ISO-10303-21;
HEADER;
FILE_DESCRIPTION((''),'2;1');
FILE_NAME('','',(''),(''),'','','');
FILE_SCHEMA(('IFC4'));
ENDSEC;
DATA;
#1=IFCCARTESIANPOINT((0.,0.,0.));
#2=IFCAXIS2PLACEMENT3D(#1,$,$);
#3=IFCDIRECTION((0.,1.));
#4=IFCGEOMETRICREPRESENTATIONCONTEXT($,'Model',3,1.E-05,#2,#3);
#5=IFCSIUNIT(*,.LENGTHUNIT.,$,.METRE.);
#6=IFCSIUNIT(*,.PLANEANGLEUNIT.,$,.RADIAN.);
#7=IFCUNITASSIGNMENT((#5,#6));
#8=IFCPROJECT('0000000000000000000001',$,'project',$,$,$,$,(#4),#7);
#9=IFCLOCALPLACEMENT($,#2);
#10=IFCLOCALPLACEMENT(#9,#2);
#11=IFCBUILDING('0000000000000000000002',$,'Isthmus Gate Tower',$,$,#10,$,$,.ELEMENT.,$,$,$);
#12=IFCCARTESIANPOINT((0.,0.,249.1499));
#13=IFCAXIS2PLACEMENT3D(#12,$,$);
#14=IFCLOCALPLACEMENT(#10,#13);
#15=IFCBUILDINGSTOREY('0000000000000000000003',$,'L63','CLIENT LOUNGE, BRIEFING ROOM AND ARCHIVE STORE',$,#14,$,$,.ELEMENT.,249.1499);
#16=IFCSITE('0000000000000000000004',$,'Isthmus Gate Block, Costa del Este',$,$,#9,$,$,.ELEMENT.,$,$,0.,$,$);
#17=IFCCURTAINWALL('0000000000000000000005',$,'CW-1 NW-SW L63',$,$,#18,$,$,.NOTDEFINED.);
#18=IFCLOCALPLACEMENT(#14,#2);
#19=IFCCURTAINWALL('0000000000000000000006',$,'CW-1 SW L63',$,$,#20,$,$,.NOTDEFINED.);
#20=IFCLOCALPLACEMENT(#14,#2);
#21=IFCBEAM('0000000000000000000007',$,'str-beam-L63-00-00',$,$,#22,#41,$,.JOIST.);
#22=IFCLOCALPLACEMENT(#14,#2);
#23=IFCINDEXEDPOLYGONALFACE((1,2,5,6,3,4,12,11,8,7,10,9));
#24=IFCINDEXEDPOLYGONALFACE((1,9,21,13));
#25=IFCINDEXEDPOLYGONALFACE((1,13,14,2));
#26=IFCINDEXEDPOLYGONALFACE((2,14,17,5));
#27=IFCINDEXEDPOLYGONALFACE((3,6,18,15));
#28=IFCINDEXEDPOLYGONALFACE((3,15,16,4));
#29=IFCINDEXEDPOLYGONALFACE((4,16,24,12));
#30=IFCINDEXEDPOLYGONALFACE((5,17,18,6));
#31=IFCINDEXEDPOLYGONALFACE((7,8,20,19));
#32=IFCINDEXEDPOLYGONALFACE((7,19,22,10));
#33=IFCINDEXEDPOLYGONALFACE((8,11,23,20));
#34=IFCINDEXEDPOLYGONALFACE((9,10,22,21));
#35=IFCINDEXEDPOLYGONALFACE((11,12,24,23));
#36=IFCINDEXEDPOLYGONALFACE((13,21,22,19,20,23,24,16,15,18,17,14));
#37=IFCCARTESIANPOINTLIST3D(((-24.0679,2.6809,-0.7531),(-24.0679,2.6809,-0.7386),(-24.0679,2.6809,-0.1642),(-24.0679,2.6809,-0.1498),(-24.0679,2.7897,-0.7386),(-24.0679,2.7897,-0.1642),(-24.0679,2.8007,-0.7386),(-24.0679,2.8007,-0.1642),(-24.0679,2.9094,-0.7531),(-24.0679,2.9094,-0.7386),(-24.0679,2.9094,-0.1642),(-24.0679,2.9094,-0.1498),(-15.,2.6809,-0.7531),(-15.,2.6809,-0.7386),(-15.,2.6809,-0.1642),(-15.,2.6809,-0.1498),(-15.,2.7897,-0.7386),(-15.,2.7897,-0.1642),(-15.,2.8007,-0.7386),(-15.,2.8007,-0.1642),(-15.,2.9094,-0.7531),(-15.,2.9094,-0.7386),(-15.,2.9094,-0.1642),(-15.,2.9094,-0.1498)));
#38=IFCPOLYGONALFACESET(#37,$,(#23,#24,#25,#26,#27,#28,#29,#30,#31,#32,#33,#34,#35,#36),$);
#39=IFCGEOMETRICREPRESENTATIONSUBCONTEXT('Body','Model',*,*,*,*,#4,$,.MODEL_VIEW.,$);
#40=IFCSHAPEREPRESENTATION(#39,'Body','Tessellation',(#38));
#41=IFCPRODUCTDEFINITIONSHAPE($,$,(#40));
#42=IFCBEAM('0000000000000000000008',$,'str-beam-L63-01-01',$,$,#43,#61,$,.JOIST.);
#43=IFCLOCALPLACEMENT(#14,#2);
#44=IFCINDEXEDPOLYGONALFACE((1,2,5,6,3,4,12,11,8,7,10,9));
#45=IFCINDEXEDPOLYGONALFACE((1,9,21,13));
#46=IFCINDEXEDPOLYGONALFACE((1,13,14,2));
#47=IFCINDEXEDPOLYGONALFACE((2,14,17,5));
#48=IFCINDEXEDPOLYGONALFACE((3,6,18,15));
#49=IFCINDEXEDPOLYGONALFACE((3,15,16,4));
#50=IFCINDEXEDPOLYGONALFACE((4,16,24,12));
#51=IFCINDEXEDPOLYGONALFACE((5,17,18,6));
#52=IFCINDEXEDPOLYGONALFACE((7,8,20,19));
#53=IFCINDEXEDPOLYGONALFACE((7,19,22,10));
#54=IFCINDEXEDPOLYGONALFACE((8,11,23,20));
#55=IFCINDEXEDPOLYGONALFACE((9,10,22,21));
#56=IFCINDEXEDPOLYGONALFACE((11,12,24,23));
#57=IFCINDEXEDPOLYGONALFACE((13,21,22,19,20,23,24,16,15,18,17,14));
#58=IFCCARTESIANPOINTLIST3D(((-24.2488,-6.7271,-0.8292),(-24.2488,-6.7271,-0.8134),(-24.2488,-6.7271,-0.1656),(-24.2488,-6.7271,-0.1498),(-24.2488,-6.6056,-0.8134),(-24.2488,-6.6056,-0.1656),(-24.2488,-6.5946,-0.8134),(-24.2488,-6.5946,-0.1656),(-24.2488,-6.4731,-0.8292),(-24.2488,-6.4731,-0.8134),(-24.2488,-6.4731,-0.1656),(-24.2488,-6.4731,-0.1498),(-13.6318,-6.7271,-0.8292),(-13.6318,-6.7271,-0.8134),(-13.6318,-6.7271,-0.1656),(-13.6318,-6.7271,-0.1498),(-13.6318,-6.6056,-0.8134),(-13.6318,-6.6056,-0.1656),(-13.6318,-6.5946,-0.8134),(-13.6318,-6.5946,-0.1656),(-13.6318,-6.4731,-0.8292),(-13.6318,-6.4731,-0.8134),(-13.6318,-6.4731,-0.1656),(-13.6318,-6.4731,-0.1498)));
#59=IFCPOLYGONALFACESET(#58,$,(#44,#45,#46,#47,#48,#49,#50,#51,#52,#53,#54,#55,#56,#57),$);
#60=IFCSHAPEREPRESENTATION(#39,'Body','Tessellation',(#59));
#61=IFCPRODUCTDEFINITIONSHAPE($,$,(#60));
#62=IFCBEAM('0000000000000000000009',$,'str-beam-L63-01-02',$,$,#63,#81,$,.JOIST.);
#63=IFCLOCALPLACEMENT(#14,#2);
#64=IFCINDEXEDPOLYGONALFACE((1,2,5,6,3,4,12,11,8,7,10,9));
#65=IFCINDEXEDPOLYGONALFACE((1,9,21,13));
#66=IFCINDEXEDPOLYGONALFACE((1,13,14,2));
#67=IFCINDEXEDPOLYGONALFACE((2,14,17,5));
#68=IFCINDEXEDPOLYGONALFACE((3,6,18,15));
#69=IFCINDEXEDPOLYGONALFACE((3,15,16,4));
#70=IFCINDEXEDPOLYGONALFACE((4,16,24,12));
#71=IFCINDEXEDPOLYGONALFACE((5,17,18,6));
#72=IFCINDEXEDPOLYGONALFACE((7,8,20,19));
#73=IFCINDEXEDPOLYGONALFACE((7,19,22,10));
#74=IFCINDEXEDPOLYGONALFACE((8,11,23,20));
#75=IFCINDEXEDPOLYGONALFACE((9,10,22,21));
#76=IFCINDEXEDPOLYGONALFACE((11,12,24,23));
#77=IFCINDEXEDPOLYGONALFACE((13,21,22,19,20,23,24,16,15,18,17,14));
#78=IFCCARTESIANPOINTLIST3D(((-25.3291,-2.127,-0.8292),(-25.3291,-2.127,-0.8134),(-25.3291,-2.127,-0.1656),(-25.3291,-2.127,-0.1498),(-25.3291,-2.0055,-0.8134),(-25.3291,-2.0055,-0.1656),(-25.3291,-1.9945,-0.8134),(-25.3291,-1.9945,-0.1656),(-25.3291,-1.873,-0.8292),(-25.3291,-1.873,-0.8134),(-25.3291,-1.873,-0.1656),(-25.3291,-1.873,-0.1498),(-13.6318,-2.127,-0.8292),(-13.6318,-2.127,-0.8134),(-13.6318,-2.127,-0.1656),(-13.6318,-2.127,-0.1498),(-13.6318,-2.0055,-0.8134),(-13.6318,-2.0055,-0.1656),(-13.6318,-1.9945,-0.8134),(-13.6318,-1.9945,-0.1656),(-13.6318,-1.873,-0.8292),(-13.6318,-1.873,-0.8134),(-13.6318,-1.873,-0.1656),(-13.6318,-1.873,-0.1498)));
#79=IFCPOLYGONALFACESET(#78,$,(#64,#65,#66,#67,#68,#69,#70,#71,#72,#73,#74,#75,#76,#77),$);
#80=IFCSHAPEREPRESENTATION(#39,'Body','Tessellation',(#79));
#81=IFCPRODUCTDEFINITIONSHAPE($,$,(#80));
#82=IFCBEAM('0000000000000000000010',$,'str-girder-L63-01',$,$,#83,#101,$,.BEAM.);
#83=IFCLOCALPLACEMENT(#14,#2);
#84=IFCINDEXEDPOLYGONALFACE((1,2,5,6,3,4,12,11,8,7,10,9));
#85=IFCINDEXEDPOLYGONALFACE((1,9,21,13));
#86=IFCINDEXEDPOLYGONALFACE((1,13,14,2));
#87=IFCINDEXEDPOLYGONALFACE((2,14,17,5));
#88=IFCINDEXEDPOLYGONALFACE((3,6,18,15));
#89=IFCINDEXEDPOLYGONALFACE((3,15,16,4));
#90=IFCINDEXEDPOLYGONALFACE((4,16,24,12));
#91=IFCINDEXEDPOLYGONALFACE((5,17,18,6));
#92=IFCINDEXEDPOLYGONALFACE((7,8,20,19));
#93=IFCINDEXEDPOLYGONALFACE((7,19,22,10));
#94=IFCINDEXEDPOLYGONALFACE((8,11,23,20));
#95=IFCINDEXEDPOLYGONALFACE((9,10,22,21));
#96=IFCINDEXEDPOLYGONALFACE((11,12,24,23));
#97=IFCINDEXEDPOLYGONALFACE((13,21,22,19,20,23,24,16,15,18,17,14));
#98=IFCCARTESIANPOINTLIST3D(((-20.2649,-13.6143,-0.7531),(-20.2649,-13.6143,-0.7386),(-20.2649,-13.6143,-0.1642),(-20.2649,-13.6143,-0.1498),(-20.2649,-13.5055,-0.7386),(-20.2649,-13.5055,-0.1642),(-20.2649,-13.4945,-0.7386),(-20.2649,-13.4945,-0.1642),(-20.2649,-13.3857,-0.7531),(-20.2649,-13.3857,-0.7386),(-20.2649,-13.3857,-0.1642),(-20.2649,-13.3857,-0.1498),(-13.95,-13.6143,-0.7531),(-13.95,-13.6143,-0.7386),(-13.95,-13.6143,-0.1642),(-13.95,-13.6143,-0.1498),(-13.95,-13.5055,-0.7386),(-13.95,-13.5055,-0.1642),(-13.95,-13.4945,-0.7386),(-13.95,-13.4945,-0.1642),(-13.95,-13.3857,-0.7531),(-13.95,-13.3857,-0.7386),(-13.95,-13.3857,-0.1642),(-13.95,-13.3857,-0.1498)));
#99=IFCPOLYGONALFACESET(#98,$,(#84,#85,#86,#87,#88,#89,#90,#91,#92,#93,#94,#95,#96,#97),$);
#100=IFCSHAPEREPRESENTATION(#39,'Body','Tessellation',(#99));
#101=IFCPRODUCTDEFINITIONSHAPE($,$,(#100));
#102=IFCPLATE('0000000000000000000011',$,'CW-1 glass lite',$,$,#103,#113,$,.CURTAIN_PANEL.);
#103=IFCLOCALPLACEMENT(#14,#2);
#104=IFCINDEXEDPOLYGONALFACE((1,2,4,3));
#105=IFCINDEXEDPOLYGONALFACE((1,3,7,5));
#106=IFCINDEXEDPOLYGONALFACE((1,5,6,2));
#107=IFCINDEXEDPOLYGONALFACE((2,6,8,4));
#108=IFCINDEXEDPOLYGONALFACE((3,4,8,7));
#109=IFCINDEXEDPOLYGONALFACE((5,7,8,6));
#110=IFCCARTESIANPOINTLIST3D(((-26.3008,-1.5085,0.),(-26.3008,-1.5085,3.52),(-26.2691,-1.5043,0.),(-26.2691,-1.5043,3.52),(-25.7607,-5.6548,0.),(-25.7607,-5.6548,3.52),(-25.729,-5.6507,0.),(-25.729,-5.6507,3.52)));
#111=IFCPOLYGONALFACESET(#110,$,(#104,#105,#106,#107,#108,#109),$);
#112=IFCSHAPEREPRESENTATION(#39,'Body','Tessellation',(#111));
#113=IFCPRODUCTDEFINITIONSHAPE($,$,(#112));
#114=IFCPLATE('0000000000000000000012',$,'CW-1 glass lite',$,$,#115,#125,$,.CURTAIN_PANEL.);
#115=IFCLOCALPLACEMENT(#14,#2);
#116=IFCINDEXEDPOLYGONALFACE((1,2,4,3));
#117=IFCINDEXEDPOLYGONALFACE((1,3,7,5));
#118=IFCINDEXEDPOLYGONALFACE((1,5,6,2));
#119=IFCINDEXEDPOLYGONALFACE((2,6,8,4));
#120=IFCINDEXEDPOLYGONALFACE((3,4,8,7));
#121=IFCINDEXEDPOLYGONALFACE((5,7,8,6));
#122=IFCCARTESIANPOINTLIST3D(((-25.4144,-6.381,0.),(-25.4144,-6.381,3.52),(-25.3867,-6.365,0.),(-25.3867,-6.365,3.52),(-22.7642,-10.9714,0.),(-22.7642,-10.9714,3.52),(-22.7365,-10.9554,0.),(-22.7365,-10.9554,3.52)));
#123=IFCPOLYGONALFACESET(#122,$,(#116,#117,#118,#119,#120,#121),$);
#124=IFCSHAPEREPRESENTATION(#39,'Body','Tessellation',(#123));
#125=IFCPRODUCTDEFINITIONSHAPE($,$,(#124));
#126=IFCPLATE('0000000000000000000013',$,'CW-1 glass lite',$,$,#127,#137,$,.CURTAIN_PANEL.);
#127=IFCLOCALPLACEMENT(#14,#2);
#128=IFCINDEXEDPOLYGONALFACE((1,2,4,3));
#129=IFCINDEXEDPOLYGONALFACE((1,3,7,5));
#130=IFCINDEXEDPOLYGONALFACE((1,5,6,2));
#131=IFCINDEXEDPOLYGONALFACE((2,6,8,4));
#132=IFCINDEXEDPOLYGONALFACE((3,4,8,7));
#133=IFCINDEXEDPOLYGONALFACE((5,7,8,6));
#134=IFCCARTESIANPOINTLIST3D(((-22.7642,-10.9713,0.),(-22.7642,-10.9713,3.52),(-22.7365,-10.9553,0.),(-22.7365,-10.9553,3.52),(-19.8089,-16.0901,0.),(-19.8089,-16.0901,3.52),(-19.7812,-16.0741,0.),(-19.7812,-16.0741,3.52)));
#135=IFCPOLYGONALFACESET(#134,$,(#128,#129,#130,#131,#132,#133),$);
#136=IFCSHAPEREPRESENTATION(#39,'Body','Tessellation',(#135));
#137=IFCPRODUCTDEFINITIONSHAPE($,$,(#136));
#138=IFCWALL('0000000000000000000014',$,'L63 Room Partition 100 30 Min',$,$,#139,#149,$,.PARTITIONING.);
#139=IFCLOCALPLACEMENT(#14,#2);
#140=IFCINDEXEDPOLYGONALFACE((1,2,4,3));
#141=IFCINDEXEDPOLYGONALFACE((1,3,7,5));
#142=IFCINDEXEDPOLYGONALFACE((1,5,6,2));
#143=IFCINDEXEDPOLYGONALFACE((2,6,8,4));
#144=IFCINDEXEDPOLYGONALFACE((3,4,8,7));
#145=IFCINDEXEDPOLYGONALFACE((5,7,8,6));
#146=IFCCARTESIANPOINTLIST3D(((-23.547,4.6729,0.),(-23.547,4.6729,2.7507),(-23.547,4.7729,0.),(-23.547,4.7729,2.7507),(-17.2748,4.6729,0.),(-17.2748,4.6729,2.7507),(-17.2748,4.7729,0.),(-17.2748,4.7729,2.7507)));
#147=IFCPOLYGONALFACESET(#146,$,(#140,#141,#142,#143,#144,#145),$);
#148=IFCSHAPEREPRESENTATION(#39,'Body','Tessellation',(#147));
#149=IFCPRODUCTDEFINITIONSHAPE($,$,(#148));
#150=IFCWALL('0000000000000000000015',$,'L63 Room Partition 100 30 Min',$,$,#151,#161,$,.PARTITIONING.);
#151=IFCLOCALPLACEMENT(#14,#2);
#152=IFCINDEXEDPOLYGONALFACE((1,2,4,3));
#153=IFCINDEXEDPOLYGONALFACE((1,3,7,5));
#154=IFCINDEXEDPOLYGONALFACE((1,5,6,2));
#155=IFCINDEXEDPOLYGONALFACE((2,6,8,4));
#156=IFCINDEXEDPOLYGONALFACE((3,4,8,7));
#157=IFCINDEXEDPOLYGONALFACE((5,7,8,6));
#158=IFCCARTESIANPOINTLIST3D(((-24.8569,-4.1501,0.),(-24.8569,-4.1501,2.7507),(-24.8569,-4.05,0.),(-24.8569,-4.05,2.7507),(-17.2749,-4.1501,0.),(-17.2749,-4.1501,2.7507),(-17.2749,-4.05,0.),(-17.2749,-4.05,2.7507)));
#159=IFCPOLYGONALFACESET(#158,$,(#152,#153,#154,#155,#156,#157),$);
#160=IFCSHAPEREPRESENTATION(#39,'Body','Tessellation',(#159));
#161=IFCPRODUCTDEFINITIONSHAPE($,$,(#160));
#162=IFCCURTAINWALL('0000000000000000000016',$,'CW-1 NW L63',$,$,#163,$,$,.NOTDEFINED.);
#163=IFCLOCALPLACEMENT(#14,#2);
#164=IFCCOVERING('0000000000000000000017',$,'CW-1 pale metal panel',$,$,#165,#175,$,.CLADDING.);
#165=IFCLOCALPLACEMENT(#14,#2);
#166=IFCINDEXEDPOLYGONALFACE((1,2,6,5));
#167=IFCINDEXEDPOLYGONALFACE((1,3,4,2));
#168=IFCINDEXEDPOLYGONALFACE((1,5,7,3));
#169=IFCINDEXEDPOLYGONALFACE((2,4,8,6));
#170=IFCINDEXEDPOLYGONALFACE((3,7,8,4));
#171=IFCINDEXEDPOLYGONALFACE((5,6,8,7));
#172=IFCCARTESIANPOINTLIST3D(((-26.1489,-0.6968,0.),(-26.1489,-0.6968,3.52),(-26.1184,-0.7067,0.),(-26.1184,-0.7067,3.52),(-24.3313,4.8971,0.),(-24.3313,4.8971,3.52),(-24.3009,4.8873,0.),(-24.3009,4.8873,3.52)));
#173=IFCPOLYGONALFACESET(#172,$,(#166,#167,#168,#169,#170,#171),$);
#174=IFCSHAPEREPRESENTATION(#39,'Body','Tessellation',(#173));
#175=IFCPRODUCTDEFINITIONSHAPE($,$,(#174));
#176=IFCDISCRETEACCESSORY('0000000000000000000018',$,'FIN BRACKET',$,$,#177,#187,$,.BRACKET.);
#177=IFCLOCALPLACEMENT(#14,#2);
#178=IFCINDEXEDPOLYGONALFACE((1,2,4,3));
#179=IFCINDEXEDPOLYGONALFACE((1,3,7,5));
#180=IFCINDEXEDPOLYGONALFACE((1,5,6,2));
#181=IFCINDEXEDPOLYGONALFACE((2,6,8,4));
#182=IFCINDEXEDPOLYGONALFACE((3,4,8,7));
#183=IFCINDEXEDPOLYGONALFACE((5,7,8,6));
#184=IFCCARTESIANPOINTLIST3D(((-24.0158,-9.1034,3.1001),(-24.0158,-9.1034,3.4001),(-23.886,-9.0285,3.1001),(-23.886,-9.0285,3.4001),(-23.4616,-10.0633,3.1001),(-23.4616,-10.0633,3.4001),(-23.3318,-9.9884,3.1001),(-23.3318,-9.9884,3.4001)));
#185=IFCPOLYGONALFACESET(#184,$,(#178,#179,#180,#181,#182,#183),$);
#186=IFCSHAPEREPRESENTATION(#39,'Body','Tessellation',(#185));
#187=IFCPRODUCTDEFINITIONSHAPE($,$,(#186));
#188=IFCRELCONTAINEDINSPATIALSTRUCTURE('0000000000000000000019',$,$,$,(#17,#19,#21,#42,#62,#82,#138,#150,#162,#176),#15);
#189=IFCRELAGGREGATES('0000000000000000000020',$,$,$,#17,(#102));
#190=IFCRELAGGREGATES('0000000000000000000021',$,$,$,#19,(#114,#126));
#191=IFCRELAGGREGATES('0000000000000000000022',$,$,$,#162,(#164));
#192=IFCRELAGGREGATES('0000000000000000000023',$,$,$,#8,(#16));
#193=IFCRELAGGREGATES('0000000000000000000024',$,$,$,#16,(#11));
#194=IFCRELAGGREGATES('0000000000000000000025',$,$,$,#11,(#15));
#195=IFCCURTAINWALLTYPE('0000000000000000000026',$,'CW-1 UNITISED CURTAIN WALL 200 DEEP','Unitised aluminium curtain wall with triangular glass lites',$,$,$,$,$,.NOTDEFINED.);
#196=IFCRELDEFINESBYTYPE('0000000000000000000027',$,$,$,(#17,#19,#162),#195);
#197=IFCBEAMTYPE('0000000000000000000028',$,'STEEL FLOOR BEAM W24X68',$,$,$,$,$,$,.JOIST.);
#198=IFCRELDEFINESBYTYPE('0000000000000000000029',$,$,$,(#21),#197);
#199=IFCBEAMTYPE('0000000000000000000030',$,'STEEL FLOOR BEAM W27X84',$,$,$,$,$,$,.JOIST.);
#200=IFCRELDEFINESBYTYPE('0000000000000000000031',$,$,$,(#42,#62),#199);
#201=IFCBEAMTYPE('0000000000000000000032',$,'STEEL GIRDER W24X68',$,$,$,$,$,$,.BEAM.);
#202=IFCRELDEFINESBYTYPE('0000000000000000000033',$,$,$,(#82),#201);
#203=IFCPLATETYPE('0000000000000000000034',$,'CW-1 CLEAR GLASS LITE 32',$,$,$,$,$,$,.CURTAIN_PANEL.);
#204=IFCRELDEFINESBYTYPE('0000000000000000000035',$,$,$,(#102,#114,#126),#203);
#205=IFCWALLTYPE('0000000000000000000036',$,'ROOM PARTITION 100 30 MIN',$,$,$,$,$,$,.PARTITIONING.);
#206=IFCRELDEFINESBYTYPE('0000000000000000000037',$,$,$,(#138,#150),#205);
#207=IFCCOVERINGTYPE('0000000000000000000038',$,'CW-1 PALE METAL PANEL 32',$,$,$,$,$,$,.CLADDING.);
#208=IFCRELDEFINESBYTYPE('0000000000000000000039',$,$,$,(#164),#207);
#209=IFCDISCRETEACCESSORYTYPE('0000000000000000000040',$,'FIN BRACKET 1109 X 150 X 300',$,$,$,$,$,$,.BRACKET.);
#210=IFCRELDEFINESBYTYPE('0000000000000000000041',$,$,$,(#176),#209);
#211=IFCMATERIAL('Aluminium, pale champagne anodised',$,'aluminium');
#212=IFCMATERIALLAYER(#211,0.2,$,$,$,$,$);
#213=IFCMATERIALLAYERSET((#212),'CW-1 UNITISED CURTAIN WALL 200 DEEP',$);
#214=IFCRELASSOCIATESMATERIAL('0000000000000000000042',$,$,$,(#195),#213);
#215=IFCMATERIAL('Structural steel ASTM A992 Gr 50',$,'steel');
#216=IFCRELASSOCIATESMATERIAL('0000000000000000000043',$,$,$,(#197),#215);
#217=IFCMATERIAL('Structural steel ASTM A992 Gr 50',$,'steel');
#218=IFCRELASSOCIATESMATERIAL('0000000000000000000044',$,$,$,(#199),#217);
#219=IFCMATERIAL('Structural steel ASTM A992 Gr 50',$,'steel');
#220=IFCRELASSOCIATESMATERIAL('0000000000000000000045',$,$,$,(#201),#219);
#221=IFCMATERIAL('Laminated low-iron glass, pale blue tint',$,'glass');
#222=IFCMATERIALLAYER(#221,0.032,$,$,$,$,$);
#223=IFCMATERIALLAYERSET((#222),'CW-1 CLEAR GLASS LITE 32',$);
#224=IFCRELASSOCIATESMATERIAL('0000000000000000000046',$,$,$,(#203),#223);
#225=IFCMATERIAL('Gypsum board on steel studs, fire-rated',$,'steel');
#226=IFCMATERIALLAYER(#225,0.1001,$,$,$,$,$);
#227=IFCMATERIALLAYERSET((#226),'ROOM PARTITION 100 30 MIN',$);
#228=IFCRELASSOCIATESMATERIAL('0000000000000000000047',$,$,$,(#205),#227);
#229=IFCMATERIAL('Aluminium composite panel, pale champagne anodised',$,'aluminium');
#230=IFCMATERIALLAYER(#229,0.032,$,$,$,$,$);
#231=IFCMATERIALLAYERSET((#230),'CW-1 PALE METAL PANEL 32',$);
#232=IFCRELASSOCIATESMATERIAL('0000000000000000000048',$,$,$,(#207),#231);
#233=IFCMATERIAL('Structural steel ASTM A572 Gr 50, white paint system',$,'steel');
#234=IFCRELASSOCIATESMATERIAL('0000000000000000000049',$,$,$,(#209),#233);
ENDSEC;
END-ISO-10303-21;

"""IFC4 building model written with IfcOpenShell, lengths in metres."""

from ifc_helpers import new_model, si_unit, direction, frame, frame_2d, origin, origin_2d, place, context, subcontext, project, spatial, rectangle, i_section, extrude, material, layer, layer_set, material_profile, profile_set, type_object, element, aggregate, save


model = new_model("IFC4")

# Units and contexts
model_context = context("Model", 3, precision=1e-05, world=origin(), true_north=direction((0.0, 1.0)))
body_context = subcontext(model_context, "Body", "Model", "MODEL_VIEW")
ifc_project = project(units=[si_unit("LENGTHUNIT", "METRE"), si_unit("PLANEANGLEUNIT", "RADIAN")], contexts=[model_context])

# Site, building, storey
site_placement = place(None, origin())
site = spatial("IfcSite", under=ifc_project, at=site_placement, Name="Isthmus Gate Block, Costa del Este", CompositionType="ELEMENT", RefElevation=0.0)
building_placement = place(site_placement, origin())
building = spatial("IfcBuilding", under=site, at=building_placement, Name="Isthmus Gate Tower", CompositionType="ELEMENT")
storey_placement = place(building_placement, frame((0.0, 0.0, 249.1499)))
storey = spatial("IfcBuildingStorey", under=building, at=storey_placement, Name="L63", Description="CLIENT LOUNGE, BRIEFING ROOM AND ARCHIVE STORE", CompositionType="ELEMENT", Elevation=249.1499)

# Curtain walls
ifc_material_1 = material(Name="Aluminium, pale champagne anodised", Category="aluminium")
ifc_layer_1 = layer(ifc_material_1, 0.2)
ifc_layer_set_1 = layer_set([ifc_layer_1], Name="CW-1 UNITISED CURTAIN WALL 200 DEEP")
curtain_wall_type = type_object("IfcCurtainWallType", Name="CW-1 UNITISED CURTAIN WALL 200 DEEP", Description="Unitised aluminium curtain wall with triangular glass lites", PredefinedType="NOTDEFINED", material=ifc_layer_set_1)
curtain_wall_1_placement = place(storey_placement, origin())
curtain_wall_1 = element("IfcCurtainWall", 1, at=curtain_wall_1_placement, inside=storey, type_object=curtain_wall_type, Name="CW-1 NW-SW L63", PredefinedType="NOTDEFINED")
curtain_wall_2_placement = place(storey_placement, origin())
curtain_wall_2 = element("IfcCurtainWall", 2, at=curtain_wall_2_placement, inside=storey, type_object=curtain_wall_type, Name="CW-1 SW L63", PredefinedType="NOTDEFINED")

# Beams
ifc_material_2 = material(Name="Structural steel ASTM A992 Gr 50", Category="steel")
ifc_material_profile_1 = material_profile(ifc_material_2, i_section(OverallWidth=0.2285, OverallDepth=0.6033, WebThickness=0.011, FlangeThickness=0.0144, at=origin_2d()), Name="W24X68")
ifc_profile_set_1 = profile_set([ifc_material_profile_1], Name="Structural steel ASTM A992 Gr 50")
beam_type_1 = type_object("IfcBeamType", Name="STEEL FLOOR BEAM W24X68", PredefinedType="JOIST", material=ifc_profile_set_1)
beam_1_placement = place(storey_placement, frame((-24.0679, 2.7952, -0.4514), z_axis=(1.0, 0.0, 0.0), x_axis=(0.0, 1.0, 0.0)))
element("IfcBeam", 3, at=beam_1_placement, inside=storey, type_object=beam_type_1, Name="str-beam-L63-00-00", PredefinedType="JOIST", context=body_context, shape_type="SweptSolid", body=[
    extrude(i_section(OverallWidth=0.2285, OverallDepth=0.6033, WebThickness=0.011, FlangeThickness=0.0144, at=origin_2d()), origin(), (0.0, 0.0, 1.0), 9.0679),
])
ifc_material_3 = material(Name="Structural steel ASTM A992 Gr 50", Category="steel")
ifc_material_profile_2 = material_profile(ifc_material_3, i_section(OverallWidth=0.2539, OverallDepth=0.6794, WebThickness=0.011, FlangeThickness=0.0159, at=origin_2d()), Name="W27X84")
ifc_profile_set_2 = profile_set([ifc_material_profile_2], Name="Structural steel ASTM A992 Gr 50")
beam_type_2 = type_object("IfcBeamType", Name="STEEL FLOOR BEAM W27X84", PredefinedType="JOIST", material=ifc_profile_set_2)
beam_2_placement = place(storey_placement, frame((-24.2488, -6.6001, -0.4895), z_axis=(1.0, 0.0, 0.0), x_axis=(0.0, 1.0, 0.0)))
element("IfcBeam", 4, at=beam_2_placement, inside=storey, type_object=beam_type_2, Name="str-beam-L63-01-01", PredefinedType="JOIST", context=body_context, shape_type="SweptSolid", body=[
    extrude(i_section(OverallWidth=0.2539, OverallDepth=0.6794, WebThickness=0.011, FlangeThickness=0.0159, at=origin_2d()), origin(), (0.0, 0.0, 1.0), 10.6169),
])
beam_3_placement = place(storey_placement, frame((-25.3291, -2.0, -0.4895), z_axis=(1.0, 0.0, 0.0), x_axis=(0.0, 1.0, 0.0)))
element("IfcBeam", 5, at=beam_3_placement, inside=storey, type_object=beam_type_2, Name="str-beam-L63-01-02", PredefinedType="JOIST", context=body_context, shape_type="SweptSolid", body=[
    extrude(i_section(OverallWidth=0.2539, OverallDepth=0.6794, WebThickness=0.011, FlangeThickness=0.0159, at=origin_2d()), origin(), (0.0, 0.0, 1.0), 11.6973),
])
ifc_material_4 = material(Name="Structural steel ASTM A992 Gr 50", Category="steel")
ifc_material_profile_3 = material_profile(ifc_material_4, i_section(OverallWidth=0.2285, OverallDepth=0.6033, WebThickness=0.011, FlangeThickness=0.0144, at=origin_2d()), Name="W24X68")
ifc_profile_set_3 = profile_set([ifc_material_profile_3], Name="Structural steel ASTM A992 Gr 50")
beam_type_3 = type_object("IfcBeamType", Name="STEEL GIRDER W24X68", PredefinedType="BEAM", material=ifc_profile_set_3)
beam_4_placement = place(storey_placement, frame((-20.2649, -13.5, -0.4514), z_axis=(1.0, 0.0, 0.0), x_axis=(0.0, 1.0, 0.0)))
element("IfcBeam", 6, at=beam_4_placement, inside=storey, type_object=beam_type_3, Name="str-girder-L63-01", PredefinedType="BEAM", context=body_context, shape_type="SweptSolid", body=[
    extrude(i_section(OverallWidth=0.2285, OverallDepth=0.6033, WebThickness=0.011, FlangeThickness=0.0144, at=origin_2d()), origin(), (0.0, 0.0, 1.0), 6.3149),
])

# Plates
ifc_material_5 = material(Name="Laminated low-iron glass, pale blue tint", Category="glass")
ifc_layer_2 = layer(ifc_material_5, 0.032)
ifc_layer_set_2 = layer_set([ifc_layer_2], Name="CW-1 CLEAR GLASS LITE 32")
plate_type = type_object("IfcPlateType", Name="CW-1 CLEAR GLASS LITE 32", PredefinedType="CURTAIN_PANEL", material=ifc_layer_set_2)
plate_1_placement = place(storey_placement, frame((-26.0149, -3.5796, 0.0), z_axis=(0.0, 0.0, 1.0), x_axis=(0.129165, -0.991623, 0.0)))
plate_1 = element("IfcPlate", 7, at=plate_1_placement, type_object=plate_type, Name="CW-1 glass lite", PredefinedType="CURTAIN_PANEL", context=body_context, shape_type="SweptSolid", body=[
    extrude(rectangle(XDim=4.1814, YDim=0.032, at=origin_2d()), origin(), (0.0, 0.0, 1.0), 3.52),
])
aggregate(curtain_wall_1, [plate_1])
plate_2_placement = place(storey_placement, frame((-24.0754, -8.6682, 0.0), z_axis=(0.0, 0.0, 1.0), x_axis=(0.5, -0.866025, 0.0)))
plate_2 = element("IfcPlate", 8, at=plate_2_placement, type_object=plate_type, Name="CW-1 glass lite", PredefinedType="CURTAIN_PANEL", context=body_context, shape_type="SweptSolid", body=[
    extrude(rectangle(XDim=5.3005, YDim=0.032, at=origin_2d()), origin(), (0.0, 0.0, 1.0), 3.52),
])
plate_3_placement = place(storey_placement, frame((-21.2727, -13.5227, 0.0), z_axis=(0.0, 0.0, 1.0), x_axis=(0.5, -0.866025, 0.0)))
plate_3 = element("IfcPlate", 9, at=plate_3_placement, type_object=plate_type, Name="CW-1 glass lite", PredefinedType="CURTAIN_PANEL", context=body_context, shape_type="SweptSolid", body=[
    extrude(rectangle(XDim=5.9106, YDim=0.032, at=origin_2d()), origin(), (0.0, 0.0, 1.0), 3.52),
])
aggregate(curtain_wall_2, [plate_2, plate_3])

# Walls
ifc_material_6 = material(Name="Gypsum board on steel studs, fire-rated", Category="steel")
ifc_layer_3 = layer(ifc_material_6, 0.1001)
ifc_layer_set_3 = layer_set([ifc_layer_3], Name="ROOM PARTITION 100 30 MIN")
wall_type = type_object("IfcWallType", Name="ROOM PARTITION 100 30 MIN", PredefinedType="PARTITIONING", material=ifc_layer_set_3)
wall_1_placement = place(storey_placement, frame((-23.5471, 4.7229, 0.0), z_axis=(0.0, 0.0, 1.0), x_axis=(1.0, 0.0, 0.0)))
element("IfcWall", 10, at=wall_1_placement, inside=storey, type_object=wall_type, Name="L63 Room Partition 100 30 Min", PredefinedType="PARTITIONING", context=body_context, shape_type="SweptSolid", body=[
    extrude(rectangle(XDim=6.2722, YDim=0.1001, at=frame_2d((3.1362, 0.0))), origin(), (0.0, 0.0, 1.0), 2.7507),
])
wall_2_placement = place(storey_placement, frame((-24.8569, -4.1001, 0.0), z_axis=(0.0, 0.0, 1.0), x_axis=(1.0, 0.0, 0.0)))
element("IfcWall", 11, at=wall_2_placement, inside=storey, type_object=wall_type, Name="L63 Room Partition 100 30 Min", PredefinedType="PARTITIONING", context=body_context, shape_type="SweptSolid", body=[
    extrude(rectangle(XDim=7.582, YDim=0.1001, at=frame_2d((3.791, 0.0))), origin(), (0.0, 0.0, 1.0), 2.7507),
])

# Curtain wall, covering
curtain_wall_3_placement = place(storey_placement, origin())
curtain_wall_3 = element("IfcCurtainWall", 12, at=curtain_wall_3_placement, inside=storey, type_object=curtain_wall_type, Name="CW-1 NW L63", PredefinedType="NOTDEFINED")
ifc_material_7 = material(Name="Aluminium composite panel, pale champagne anodised", Category="aluminium")
ifc_layer_4 = layer(ifc_material_7, 0.032)
ifc_layer_set_4 = layer_set([ifc_layer_4], Name="CW-1 PALE METAL PANEL 32")
covering_type = type_object("IfcCoveringType", Name="CW-1 PALE METAL PANEL 32", PredefinedType="CLADDING", material=ifc_layer_set_4)
covering_placement = place(storey_placement, frame((-25.2249, 2.0952, 0.0), z_axis=(0.0, 0.0, 1.0), x_axis=(-0.309017, -0.951057, 0.0)))
covering = element("IfcCovering", 13, at=covering_placement, type_object=covering_type, Name="CW-1 pale metal panel", PredefinedType="CLADDING", context=body_context, shape_type="SweptSolid", body=[
    extrude(rectangle(XDim=5.8818, YDim=0.032, at=origin_2d()), origin(), (0.0, 0.0, 1.0), 3.52),
])
aggregate(curtain_wall_3, [covering])

# Discrete accessory
ifc_material_8 = material(Name="Structural steel ASTM A572 Gr 50, white paint system", Category="steel")
discrete_accessory_type_1 = type_object("IfcDiscreteAccessoryType", Name="FIN BRACKET 1109 X 150 X 300", PredefinedType="BRACKET", material=ifc_material_8)
for number, where, z_axis, x_axis, name in (
    (14, (-23.6738, -9.5459, 3.1001), (0.0, 0.0, 1.0), (-0.866025, -0.5, 0.0), "FIN BRACKET"),
):
    element("IfcDiscreteAccessory", number, at=place(storey_placement, frame(where, z_axis=z_axis, x_axis=x_axis)), inside=storey, type_object=discrete_accessory_type_1, Name=name, PredefinedType="BRACKET", context=body_context, shape_type="SweptSolid", body=[
        extrude(rectangle(XDim=0.1499, YDim=1.1084, at=origin_2d()), origin(), (0.0, 0.0, 1.0), 0.3),
    ])

save(model, "model.ifc")
